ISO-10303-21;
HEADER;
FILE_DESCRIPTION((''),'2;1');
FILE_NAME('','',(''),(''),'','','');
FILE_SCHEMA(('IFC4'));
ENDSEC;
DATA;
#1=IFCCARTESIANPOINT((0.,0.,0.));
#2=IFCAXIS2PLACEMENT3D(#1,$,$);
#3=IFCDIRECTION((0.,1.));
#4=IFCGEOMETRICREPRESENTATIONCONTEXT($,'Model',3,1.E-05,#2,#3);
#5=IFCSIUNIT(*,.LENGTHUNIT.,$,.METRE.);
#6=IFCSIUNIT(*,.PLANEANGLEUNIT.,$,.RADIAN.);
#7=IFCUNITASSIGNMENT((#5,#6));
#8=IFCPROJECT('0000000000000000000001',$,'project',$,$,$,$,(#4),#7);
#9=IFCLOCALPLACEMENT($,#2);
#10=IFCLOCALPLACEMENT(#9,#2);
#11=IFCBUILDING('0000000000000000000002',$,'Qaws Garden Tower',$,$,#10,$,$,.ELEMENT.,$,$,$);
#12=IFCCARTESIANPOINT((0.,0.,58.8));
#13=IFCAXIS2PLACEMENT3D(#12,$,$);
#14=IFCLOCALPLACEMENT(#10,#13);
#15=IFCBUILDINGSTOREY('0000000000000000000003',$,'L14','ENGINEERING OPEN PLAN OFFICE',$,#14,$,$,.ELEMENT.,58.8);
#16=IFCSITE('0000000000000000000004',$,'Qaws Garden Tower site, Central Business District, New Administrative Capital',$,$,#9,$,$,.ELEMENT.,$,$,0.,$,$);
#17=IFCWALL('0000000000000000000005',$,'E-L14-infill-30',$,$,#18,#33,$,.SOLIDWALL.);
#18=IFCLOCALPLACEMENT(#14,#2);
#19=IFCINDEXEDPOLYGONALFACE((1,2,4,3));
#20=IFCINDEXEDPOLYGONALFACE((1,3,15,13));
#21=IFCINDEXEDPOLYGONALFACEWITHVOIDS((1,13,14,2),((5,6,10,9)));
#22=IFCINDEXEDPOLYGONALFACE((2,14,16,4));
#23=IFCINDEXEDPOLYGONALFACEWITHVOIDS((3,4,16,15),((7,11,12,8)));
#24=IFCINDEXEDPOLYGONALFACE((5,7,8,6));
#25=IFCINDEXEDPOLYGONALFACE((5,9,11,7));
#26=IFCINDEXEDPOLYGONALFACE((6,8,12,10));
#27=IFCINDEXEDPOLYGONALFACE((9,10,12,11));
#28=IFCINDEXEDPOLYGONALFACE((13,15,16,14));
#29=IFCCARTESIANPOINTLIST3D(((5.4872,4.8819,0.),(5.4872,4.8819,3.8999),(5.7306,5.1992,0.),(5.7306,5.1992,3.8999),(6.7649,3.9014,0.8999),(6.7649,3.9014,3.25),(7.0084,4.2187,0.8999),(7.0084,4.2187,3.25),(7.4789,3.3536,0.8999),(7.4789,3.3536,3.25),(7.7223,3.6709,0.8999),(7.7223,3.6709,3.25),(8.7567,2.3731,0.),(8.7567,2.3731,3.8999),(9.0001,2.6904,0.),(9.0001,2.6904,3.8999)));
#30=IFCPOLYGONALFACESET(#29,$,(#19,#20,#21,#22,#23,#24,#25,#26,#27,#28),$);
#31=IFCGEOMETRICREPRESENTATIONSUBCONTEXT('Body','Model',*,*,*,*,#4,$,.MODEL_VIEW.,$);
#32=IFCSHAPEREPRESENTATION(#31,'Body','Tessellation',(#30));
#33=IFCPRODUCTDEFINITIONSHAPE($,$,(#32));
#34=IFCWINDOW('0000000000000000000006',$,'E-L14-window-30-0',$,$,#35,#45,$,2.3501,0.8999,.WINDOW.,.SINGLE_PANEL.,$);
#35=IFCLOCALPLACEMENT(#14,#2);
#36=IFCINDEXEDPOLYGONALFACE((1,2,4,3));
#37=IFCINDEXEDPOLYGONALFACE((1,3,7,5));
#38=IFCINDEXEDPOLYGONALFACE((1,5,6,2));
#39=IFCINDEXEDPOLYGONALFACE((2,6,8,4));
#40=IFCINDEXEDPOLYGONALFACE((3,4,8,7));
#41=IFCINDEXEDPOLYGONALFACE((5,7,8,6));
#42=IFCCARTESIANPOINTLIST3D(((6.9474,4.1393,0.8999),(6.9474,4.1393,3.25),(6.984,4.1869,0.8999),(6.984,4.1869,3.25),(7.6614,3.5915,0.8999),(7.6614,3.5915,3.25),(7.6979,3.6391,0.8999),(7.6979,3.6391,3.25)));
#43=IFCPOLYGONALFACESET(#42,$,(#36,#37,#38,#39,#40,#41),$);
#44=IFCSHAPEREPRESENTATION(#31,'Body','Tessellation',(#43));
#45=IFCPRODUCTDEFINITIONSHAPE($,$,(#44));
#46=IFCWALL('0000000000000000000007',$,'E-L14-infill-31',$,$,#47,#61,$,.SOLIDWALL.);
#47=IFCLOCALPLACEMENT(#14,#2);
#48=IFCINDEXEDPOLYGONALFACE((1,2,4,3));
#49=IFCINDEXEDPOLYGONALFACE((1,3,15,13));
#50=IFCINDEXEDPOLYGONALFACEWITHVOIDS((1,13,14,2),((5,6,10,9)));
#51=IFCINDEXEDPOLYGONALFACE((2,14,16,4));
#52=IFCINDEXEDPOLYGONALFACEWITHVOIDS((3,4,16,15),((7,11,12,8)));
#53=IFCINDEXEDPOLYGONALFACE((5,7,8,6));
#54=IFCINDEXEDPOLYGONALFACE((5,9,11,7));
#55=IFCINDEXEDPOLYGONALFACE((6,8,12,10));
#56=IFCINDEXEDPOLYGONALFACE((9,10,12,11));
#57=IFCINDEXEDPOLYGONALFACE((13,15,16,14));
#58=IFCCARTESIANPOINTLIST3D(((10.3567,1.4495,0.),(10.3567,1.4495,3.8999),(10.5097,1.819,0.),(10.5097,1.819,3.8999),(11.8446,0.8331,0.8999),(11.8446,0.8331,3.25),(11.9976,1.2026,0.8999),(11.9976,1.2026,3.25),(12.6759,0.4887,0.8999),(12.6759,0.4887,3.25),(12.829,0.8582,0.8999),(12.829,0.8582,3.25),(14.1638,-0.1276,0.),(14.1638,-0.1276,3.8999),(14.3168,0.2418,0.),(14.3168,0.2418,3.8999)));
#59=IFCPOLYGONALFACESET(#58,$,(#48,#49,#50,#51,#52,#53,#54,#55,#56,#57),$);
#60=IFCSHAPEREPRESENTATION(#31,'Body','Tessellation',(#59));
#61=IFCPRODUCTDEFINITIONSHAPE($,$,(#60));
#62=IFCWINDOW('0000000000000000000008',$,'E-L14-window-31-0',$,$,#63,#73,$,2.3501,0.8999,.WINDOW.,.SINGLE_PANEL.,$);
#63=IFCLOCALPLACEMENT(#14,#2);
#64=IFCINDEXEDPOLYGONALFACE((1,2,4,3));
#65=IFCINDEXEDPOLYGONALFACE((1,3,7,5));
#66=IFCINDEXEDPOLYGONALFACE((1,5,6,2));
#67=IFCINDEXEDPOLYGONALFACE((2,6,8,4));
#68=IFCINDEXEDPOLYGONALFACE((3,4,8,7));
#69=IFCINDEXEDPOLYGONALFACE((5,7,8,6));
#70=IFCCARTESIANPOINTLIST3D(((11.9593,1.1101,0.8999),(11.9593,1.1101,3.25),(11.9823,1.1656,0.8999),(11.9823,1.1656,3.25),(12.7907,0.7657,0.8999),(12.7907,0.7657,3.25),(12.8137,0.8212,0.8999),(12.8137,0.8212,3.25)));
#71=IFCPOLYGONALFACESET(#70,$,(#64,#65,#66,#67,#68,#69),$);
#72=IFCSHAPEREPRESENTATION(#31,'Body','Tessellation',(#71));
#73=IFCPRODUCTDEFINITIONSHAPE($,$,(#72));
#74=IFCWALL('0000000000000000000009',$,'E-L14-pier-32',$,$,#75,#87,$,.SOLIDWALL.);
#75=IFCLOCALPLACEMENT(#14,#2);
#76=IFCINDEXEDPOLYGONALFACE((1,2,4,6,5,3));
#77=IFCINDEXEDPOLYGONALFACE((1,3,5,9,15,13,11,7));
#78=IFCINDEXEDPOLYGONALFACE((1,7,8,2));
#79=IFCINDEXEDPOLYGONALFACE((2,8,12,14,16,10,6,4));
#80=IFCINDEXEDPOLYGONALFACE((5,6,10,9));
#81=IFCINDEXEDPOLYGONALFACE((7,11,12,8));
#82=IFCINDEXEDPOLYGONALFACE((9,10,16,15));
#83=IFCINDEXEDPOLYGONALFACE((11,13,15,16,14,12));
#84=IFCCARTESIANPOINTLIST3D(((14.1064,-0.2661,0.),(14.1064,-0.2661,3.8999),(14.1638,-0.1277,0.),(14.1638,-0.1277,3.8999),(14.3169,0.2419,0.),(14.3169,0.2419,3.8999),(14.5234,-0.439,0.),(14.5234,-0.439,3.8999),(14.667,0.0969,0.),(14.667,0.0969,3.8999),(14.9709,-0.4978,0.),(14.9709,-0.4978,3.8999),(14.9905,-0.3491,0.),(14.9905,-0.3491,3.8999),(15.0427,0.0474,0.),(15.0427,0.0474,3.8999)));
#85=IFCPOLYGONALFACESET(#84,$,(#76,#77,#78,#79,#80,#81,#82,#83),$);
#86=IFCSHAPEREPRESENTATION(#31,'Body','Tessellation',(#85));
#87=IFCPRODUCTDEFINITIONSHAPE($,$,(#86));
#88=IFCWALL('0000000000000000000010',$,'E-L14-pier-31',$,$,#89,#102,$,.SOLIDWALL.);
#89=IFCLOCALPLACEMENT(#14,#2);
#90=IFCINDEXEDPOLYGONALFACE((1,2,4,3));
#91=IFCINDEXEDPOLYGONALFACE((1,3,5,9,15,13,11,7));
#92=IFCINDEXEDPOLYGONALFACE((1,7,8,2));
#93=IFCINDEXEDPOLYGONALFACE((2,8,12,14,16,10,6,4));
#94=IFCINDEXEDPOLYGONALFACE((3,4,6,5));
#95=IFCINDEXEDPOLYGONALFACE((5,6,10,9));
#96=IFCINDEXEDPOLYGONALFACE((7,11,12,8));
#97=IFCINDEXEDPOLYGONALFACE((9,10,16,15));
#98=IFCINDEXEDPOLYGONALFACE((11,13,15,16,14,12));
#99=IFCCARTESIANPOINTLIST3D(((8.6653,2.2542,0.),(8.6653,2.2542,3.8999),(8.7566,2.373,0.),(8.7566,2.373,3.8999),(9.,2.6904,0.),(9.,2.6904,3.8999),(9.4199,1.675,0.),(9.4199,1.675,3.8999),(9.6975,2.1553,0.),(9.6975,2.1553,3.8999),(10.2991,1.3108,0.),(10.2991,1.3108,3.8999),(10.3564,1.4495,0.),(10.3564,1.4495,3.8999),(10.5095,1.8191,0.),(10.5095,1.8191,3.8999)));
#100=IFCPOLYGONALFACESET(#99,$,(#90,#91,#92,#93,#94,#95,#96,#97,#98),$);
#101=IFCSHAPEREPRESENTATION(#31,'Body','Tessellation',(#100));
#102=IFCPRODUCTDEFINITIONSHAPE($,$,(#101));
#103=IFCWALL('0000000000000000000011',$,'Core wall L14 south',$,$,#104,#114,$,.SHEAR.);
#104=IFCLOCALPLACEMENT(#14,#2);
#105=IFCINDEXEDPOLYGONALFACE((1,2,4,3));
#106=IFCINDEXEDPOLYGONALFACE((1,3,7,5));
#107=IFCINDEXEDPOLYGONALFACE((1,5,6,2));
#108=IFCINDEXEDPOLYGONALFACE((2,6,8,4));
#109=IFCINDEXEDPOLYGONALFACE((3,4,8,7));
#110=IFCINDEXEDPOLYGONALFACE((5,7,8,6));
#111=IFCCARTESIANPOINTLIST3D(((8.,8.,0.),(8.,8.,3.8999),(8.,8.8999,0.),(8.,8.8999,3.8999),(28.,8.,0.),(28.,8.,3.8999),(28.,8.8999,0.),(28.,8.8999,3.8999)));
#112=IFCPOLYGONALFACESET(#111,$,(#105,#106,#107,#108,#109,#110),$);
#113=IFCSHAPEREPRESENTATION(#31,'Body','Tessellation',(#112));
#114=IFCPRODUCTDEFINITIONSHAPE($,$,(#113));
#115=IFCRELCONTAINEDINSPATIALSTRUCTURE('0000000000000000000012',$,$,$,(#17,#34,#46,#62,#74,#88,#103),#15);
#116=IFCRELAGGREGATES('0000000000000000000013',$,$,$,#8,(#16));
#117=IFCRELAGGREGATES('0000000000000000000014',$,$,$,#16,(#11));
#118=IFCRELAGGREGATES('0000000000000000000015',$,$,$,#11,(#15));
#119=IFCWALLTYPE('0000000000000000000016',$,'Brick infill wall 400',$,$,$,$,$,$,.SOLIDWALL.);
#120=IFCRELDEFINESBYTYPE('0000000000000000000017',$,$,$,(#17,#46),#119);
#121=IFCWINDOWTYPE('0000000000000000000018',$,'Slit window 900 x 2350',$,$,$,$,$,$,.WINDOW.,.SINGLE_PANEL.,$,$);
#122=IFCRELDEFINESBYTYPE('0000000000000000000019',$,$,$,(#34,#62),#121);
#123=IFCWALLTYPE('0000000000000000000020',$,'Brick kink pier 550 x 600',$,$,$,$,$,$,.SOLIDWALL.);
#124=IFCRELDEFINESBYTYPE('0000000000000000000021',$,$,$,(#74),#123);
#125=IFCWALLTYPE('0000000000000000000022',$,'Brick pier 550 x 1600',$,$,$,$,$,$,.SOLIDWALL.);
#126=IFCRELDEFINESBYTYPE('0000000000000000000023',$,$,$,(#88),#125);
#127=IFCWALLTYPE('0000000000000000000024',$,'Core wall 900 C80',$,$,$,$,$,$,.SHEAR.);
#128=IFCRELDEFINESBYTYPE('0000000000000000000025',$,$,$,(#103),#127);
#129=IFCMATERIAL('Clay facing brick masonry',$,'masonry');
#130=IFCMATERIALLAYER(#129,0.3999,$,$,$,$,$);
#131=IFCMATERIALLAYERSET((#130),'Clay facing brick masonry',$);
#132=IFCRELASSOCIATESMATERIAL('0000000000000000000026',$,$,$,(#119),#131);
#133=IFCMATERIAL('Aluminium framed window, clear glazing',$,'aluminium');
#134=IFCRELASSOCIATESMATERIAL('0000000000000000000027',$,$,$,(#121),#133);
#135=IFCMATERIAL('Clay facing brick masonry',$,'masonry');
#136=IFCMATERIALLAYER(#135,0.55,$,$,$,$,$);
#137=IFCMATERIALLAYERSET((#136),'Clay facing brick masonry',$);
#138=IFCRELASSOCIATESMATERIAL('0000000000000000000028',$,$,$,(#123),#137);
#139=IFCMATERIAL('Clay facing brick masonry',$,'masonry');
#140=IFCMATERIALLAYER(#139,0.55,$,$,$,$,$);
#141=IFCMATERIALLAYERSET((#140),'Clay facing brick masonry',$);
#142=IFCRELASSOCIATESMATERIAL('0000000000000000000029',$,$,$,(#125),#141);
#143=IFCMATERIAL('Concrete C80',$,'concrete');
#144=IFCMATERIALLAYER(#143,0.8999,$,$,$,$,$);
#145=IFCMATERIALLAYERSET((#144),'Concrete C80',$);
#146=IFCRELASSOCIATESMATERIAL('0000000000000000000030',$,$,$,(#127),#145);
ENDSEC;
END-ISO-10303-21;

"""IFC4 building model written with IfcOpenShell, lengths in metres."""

from ifc_helpers import new_model, si_unit, direction, frame, frame_2d, origin, place, context, subcontext, project, spatial, polyline, rectangle, outline, extrude, material, layer, layer_set, type_object, element, fill, save


model = new_model("IFC4")

# Units and contexts
model_context = context("Model", 3, precision=1e-05, world=origin(), true_north=direction((0.0, 1.0)))
body_context = subcontext(model_context, "Body", "Model", "MODEL_VIEW")
ifc_project = project(units=[si_unit("LENGTHUNIT", "METRE"), si_unit("PLANEANGLEUNIT", "RADIAN")], contexts=[model_context])

# Site, building, storey
site_placement = place(None, origin())
site = spatial("IfcSite", under=ifc_project, at=site_placement, Name="Qaws Garden Tower site, Central Business District, New Administrative Capital", CompositionType="ELEMENT", RefElevation=0.0)
building_placement = place(site_placement, origin())
building = spatial("IfcBuilding", under=site, at=building_placement, Name="Qaws Garden Tower", CompositionType="ELEMENT")
storey_placement = place(building_placement, frame((0.0, 0.0, 58.8)))
storey = spatial("IfcBuildingStorey", under=building, at=storey_placement, Name="L14", Description="ENGINEERING OPEN PLAN OFFICE", CompositionType="ELEMENT", Elevation=58.8)

# Shared definitions
placement_1 = place(storey_placement, origin())

# Walls, openings, windows
ifc_material_1 = material(Name="Clay facing brick masonry", Category="masonry")
ifc_layer_1 = layer(ifc_material_1, 0.3999)
ifc_layer_set_1 = layer_set([ifc_layer_1], Name="Clay facing brick masonry")
wall_type_1 = type_object("IfcWallType", Name="Brick infill wall 400", PredefinedType="SOLIDWALL", material=ifc_layer_set_1)
ifc_material_2 = material(Name="Aluminium framed window, clear glazing", Category="aluminium")
window_type = type_object("IfcWindowType", Name="Slit window 900 x 2350", PartitioningType="SINGLE_PANEL", PredefinedType="WINDOW", material=ifc_material_2)
wall_1_placement = place(storey_placement, frame((5.6089, 5.0405, 0.0), z_axis=(0.0, 0.0, 1.0), x_axis=(0.793355, -0.60876, 0.0)))
wall_1 = element("IfcWall", 1, at=wall_1_placement, inside=storey, type_object=wall_type_1, Name="E-L14-infill-30", PredefinedType="SOLIDWALL", context=body_context, shape_type="SweptSolid", body=[
    extrude(rectangle(XDim=4.1211, YDim=0.3999, at=frame_2d((2.0605, 0.0))), origin(), (0.0, 0.0, 1.0), 3.8999),
])
opening_1_placement = place(wall_1_placement, frame((1.6106, 0.0, 0.8999)))
opening_1 = element("IfcOpeningElement", 2, at=opening_1_placement, cuts=wall_1, PredefinedType="OPENING", context=body_context, shape_type="SweptSolid", body=[
    extrude(rectangle(XDim=0.8999, YDim=2.3501, at=frame_2d((0.45, 1.175))), frame((0.0, 0.21, 0.0), z_axis=(0.0, -1.0, 0.0), x_axis=(1.0, 0.0, 0.0)), (0.0, 0.0, 1.0), 0.4199),
])
window_1_placement = place(opening_1_placement, origin())
window_1 = element("IfcWindow", 3, at=window_1_placement, inside=storey, type_object=window_type, Name="E-L14-window-30-0", OverallHeight=2.3501, OverallWidth=0.8999, PartitioningType="SINGLE_PANEL", PredefinedType="WINDOW", context=body_context, shape_type="SweptSolid", body=[
    extrude(rectangle(XDim=0.8999, YDim=2.3501, at=frame_2d((0.45, 1.175))), frame((0.0, 0.1599, 0.0), z_axis=(0.0, -1.0, 0.0), x_axis=(1.0, 0.0, 0.0)), (0.0, 0.0, 1.0), 0.0601),
])
fill(opening_1, window_1)
wall_2_placement = place(storey_placement, frame((10.4331, 1.6343, 0.0), z_axis=(0.0, 0.0, 1.0), x_axis=(0.923864, -0.382722, 0.0)))
wall_2 = element("IfcWall", 4, at=wall_2_placement, inside=storey, type_object=wall_type_1, Name="E-L14-infill-31", PredefinedType="SOLIDWALL", context=body_context, shape_type="SweptSolid", body=[
    extrude(rectangle(XDim=4.1208, YDim=0.3999, at=frame_2d((2.0605, 0.0))), origin(), (0.0, 0.0, 1.0), 3.8999),
])
opening_2_placement = place(wall_2_placement, frame((1.6106, 0.0, 0.8999)))
opening_2 = element("IfcOpeningElement", 5, at=opening_2_placement, cuts=wall_2, PredefinedType="OPENING", context=body_context, shape_type="SweptSolid", body=[
    extrude(rectangle(XDim=0.8999, YDim=2.3501, at=frame_2d((0.45, 1.175))), frame((0.0, 0.21, 0.0), z_axis=(0.0, -1.0, 0.0), x_axis=(1.0, 0.0, 0.0)), (0.0, 0.0, 1.0), 0.4199),
])
window_2_placement = place(opening_2_placement, origin())
window_2 = element("IfcWindow", 6, at=window_2_placement, inside=storey, type_object=window_type, Name="E-L14-window-31-0", OverallHeight=2.3501, OverallWidth=0.8999, PartitioningType="SINGLE_PANEL", PredefinedType="WINDOW", context=body_context, shape_type="SweptSolid", body=[
    extrude(rectangle(XDim=0.8999, YDim=2.3501, at=frame_2d((0.45, 1.175))), frame((0.0, 0.1599, 0.0), z_axis=(0.0, -1.0, 0.0), x_axis=(1.0, 0.0, 0.0)), (0.0, 0.0, 1.0), 0.0601),
])
fill(opening_2, window_2)

# Walls
ifc_material_3 = material(Name="Clay facing brick masonry", Category="masonry")
ifc_layer_2 = layer(ifc_material_3, 0.55)
ifc_layer_set_2 = layer_set([ifc_layer_2], Name="Clay facing brick masonry")
wall_type_2 = type_object("IfcWallType", Name="Brick kink pier 550 x 600", PredefinedType="SOLIDWALL", material=ifc_layer_set_2)
element("IfcWall", 7, at=placement_1, inside=storey, type_object=wall_type_2, Name="E-L14-pier-32", PredefinedType="SOLIDWALL", context=body_context, shape_type="SweptSolid", body=[
    extrude(outline(polyline([(14.1638, -0.1277), (14.1064, -0.2661), (14.5234, -0.439), (14.9709, -0.4978), (14.9905, -0.3491), (15.0427, 0.0474), (14.667, 0.0969), (14.3169, 0.2419), (14.1638, -0.1277)])), origin(), (0.0, 0.0, 1.0), 3.8999),
])
ifc_material_4 = material(Name="Clay facing brick masonry", Category="masonry")
ifc_layer_3 = layer(ifc_material_4, 0.55)
ifc_layer_set_3 = layer_set([ifc_layer_3], Name="Clay facing brick masonry")
wall_type_3 = type_object("IfcWallType", Name="Brick pier 550 x 1600", PredefinedType="SOLIDWALL", material=ifc_layer_set_3)
element("IfcWall", 8, at=placement_1, inside=storey, type_object=wall_type_3, Name="E-L14-pier-31", PredefinedType="SOLIDWALL", context=body_context, shape_type="SweptSolid", body=[
    extrude(outline(polyline([(8.7566, 2.373), (8.6653, 2.2542), (9.4199, 1.675), (10.2991, 1.3108), (10.3564, 1.4495), (10.5095, 1.8191), (9.6975, 2.1553), (9.0, 2.6904), (8.7566, 2.373)])), origin(), (0.0, 0.0, 1.0), 3.8999),
])
ifc_material_5 = material(Name="Concrete C80", Category="concrete")
ifc_layer_4 = layer(ifc_material_5, 0.8999)
ifc_layer_set_4 = layer_set([ifc_layer_4], Name="Concrete C80")
wall_type_4 = type_object("IfcWallType", Name="Core wall 900 C80", PredefinedType="SHEAR", material=ifc_layer_set_4)
wall_3_placement = place(storey_placement, frame((8.0, 8.45, 0.0), z_axis=(0.0, 0.0, 1.0), x_axis=(1.0, 0.0, 0.0)))
element("IfcWall", 9, at=wall_3_placement, inside=storey, type_object=wall_type_4, Name="Core wall L14 south", PredefinedType="SHEAR", context=body_context, shape_type="SweptSolid", body=[
    extrude(rectangle(XDim=20.0, YDim=0.8999, at=frame_2d((10.0, 0.0))), origin(), (0.0, 0.0, 1.0), 3.8999),
])

save(model, "model.ifc")
